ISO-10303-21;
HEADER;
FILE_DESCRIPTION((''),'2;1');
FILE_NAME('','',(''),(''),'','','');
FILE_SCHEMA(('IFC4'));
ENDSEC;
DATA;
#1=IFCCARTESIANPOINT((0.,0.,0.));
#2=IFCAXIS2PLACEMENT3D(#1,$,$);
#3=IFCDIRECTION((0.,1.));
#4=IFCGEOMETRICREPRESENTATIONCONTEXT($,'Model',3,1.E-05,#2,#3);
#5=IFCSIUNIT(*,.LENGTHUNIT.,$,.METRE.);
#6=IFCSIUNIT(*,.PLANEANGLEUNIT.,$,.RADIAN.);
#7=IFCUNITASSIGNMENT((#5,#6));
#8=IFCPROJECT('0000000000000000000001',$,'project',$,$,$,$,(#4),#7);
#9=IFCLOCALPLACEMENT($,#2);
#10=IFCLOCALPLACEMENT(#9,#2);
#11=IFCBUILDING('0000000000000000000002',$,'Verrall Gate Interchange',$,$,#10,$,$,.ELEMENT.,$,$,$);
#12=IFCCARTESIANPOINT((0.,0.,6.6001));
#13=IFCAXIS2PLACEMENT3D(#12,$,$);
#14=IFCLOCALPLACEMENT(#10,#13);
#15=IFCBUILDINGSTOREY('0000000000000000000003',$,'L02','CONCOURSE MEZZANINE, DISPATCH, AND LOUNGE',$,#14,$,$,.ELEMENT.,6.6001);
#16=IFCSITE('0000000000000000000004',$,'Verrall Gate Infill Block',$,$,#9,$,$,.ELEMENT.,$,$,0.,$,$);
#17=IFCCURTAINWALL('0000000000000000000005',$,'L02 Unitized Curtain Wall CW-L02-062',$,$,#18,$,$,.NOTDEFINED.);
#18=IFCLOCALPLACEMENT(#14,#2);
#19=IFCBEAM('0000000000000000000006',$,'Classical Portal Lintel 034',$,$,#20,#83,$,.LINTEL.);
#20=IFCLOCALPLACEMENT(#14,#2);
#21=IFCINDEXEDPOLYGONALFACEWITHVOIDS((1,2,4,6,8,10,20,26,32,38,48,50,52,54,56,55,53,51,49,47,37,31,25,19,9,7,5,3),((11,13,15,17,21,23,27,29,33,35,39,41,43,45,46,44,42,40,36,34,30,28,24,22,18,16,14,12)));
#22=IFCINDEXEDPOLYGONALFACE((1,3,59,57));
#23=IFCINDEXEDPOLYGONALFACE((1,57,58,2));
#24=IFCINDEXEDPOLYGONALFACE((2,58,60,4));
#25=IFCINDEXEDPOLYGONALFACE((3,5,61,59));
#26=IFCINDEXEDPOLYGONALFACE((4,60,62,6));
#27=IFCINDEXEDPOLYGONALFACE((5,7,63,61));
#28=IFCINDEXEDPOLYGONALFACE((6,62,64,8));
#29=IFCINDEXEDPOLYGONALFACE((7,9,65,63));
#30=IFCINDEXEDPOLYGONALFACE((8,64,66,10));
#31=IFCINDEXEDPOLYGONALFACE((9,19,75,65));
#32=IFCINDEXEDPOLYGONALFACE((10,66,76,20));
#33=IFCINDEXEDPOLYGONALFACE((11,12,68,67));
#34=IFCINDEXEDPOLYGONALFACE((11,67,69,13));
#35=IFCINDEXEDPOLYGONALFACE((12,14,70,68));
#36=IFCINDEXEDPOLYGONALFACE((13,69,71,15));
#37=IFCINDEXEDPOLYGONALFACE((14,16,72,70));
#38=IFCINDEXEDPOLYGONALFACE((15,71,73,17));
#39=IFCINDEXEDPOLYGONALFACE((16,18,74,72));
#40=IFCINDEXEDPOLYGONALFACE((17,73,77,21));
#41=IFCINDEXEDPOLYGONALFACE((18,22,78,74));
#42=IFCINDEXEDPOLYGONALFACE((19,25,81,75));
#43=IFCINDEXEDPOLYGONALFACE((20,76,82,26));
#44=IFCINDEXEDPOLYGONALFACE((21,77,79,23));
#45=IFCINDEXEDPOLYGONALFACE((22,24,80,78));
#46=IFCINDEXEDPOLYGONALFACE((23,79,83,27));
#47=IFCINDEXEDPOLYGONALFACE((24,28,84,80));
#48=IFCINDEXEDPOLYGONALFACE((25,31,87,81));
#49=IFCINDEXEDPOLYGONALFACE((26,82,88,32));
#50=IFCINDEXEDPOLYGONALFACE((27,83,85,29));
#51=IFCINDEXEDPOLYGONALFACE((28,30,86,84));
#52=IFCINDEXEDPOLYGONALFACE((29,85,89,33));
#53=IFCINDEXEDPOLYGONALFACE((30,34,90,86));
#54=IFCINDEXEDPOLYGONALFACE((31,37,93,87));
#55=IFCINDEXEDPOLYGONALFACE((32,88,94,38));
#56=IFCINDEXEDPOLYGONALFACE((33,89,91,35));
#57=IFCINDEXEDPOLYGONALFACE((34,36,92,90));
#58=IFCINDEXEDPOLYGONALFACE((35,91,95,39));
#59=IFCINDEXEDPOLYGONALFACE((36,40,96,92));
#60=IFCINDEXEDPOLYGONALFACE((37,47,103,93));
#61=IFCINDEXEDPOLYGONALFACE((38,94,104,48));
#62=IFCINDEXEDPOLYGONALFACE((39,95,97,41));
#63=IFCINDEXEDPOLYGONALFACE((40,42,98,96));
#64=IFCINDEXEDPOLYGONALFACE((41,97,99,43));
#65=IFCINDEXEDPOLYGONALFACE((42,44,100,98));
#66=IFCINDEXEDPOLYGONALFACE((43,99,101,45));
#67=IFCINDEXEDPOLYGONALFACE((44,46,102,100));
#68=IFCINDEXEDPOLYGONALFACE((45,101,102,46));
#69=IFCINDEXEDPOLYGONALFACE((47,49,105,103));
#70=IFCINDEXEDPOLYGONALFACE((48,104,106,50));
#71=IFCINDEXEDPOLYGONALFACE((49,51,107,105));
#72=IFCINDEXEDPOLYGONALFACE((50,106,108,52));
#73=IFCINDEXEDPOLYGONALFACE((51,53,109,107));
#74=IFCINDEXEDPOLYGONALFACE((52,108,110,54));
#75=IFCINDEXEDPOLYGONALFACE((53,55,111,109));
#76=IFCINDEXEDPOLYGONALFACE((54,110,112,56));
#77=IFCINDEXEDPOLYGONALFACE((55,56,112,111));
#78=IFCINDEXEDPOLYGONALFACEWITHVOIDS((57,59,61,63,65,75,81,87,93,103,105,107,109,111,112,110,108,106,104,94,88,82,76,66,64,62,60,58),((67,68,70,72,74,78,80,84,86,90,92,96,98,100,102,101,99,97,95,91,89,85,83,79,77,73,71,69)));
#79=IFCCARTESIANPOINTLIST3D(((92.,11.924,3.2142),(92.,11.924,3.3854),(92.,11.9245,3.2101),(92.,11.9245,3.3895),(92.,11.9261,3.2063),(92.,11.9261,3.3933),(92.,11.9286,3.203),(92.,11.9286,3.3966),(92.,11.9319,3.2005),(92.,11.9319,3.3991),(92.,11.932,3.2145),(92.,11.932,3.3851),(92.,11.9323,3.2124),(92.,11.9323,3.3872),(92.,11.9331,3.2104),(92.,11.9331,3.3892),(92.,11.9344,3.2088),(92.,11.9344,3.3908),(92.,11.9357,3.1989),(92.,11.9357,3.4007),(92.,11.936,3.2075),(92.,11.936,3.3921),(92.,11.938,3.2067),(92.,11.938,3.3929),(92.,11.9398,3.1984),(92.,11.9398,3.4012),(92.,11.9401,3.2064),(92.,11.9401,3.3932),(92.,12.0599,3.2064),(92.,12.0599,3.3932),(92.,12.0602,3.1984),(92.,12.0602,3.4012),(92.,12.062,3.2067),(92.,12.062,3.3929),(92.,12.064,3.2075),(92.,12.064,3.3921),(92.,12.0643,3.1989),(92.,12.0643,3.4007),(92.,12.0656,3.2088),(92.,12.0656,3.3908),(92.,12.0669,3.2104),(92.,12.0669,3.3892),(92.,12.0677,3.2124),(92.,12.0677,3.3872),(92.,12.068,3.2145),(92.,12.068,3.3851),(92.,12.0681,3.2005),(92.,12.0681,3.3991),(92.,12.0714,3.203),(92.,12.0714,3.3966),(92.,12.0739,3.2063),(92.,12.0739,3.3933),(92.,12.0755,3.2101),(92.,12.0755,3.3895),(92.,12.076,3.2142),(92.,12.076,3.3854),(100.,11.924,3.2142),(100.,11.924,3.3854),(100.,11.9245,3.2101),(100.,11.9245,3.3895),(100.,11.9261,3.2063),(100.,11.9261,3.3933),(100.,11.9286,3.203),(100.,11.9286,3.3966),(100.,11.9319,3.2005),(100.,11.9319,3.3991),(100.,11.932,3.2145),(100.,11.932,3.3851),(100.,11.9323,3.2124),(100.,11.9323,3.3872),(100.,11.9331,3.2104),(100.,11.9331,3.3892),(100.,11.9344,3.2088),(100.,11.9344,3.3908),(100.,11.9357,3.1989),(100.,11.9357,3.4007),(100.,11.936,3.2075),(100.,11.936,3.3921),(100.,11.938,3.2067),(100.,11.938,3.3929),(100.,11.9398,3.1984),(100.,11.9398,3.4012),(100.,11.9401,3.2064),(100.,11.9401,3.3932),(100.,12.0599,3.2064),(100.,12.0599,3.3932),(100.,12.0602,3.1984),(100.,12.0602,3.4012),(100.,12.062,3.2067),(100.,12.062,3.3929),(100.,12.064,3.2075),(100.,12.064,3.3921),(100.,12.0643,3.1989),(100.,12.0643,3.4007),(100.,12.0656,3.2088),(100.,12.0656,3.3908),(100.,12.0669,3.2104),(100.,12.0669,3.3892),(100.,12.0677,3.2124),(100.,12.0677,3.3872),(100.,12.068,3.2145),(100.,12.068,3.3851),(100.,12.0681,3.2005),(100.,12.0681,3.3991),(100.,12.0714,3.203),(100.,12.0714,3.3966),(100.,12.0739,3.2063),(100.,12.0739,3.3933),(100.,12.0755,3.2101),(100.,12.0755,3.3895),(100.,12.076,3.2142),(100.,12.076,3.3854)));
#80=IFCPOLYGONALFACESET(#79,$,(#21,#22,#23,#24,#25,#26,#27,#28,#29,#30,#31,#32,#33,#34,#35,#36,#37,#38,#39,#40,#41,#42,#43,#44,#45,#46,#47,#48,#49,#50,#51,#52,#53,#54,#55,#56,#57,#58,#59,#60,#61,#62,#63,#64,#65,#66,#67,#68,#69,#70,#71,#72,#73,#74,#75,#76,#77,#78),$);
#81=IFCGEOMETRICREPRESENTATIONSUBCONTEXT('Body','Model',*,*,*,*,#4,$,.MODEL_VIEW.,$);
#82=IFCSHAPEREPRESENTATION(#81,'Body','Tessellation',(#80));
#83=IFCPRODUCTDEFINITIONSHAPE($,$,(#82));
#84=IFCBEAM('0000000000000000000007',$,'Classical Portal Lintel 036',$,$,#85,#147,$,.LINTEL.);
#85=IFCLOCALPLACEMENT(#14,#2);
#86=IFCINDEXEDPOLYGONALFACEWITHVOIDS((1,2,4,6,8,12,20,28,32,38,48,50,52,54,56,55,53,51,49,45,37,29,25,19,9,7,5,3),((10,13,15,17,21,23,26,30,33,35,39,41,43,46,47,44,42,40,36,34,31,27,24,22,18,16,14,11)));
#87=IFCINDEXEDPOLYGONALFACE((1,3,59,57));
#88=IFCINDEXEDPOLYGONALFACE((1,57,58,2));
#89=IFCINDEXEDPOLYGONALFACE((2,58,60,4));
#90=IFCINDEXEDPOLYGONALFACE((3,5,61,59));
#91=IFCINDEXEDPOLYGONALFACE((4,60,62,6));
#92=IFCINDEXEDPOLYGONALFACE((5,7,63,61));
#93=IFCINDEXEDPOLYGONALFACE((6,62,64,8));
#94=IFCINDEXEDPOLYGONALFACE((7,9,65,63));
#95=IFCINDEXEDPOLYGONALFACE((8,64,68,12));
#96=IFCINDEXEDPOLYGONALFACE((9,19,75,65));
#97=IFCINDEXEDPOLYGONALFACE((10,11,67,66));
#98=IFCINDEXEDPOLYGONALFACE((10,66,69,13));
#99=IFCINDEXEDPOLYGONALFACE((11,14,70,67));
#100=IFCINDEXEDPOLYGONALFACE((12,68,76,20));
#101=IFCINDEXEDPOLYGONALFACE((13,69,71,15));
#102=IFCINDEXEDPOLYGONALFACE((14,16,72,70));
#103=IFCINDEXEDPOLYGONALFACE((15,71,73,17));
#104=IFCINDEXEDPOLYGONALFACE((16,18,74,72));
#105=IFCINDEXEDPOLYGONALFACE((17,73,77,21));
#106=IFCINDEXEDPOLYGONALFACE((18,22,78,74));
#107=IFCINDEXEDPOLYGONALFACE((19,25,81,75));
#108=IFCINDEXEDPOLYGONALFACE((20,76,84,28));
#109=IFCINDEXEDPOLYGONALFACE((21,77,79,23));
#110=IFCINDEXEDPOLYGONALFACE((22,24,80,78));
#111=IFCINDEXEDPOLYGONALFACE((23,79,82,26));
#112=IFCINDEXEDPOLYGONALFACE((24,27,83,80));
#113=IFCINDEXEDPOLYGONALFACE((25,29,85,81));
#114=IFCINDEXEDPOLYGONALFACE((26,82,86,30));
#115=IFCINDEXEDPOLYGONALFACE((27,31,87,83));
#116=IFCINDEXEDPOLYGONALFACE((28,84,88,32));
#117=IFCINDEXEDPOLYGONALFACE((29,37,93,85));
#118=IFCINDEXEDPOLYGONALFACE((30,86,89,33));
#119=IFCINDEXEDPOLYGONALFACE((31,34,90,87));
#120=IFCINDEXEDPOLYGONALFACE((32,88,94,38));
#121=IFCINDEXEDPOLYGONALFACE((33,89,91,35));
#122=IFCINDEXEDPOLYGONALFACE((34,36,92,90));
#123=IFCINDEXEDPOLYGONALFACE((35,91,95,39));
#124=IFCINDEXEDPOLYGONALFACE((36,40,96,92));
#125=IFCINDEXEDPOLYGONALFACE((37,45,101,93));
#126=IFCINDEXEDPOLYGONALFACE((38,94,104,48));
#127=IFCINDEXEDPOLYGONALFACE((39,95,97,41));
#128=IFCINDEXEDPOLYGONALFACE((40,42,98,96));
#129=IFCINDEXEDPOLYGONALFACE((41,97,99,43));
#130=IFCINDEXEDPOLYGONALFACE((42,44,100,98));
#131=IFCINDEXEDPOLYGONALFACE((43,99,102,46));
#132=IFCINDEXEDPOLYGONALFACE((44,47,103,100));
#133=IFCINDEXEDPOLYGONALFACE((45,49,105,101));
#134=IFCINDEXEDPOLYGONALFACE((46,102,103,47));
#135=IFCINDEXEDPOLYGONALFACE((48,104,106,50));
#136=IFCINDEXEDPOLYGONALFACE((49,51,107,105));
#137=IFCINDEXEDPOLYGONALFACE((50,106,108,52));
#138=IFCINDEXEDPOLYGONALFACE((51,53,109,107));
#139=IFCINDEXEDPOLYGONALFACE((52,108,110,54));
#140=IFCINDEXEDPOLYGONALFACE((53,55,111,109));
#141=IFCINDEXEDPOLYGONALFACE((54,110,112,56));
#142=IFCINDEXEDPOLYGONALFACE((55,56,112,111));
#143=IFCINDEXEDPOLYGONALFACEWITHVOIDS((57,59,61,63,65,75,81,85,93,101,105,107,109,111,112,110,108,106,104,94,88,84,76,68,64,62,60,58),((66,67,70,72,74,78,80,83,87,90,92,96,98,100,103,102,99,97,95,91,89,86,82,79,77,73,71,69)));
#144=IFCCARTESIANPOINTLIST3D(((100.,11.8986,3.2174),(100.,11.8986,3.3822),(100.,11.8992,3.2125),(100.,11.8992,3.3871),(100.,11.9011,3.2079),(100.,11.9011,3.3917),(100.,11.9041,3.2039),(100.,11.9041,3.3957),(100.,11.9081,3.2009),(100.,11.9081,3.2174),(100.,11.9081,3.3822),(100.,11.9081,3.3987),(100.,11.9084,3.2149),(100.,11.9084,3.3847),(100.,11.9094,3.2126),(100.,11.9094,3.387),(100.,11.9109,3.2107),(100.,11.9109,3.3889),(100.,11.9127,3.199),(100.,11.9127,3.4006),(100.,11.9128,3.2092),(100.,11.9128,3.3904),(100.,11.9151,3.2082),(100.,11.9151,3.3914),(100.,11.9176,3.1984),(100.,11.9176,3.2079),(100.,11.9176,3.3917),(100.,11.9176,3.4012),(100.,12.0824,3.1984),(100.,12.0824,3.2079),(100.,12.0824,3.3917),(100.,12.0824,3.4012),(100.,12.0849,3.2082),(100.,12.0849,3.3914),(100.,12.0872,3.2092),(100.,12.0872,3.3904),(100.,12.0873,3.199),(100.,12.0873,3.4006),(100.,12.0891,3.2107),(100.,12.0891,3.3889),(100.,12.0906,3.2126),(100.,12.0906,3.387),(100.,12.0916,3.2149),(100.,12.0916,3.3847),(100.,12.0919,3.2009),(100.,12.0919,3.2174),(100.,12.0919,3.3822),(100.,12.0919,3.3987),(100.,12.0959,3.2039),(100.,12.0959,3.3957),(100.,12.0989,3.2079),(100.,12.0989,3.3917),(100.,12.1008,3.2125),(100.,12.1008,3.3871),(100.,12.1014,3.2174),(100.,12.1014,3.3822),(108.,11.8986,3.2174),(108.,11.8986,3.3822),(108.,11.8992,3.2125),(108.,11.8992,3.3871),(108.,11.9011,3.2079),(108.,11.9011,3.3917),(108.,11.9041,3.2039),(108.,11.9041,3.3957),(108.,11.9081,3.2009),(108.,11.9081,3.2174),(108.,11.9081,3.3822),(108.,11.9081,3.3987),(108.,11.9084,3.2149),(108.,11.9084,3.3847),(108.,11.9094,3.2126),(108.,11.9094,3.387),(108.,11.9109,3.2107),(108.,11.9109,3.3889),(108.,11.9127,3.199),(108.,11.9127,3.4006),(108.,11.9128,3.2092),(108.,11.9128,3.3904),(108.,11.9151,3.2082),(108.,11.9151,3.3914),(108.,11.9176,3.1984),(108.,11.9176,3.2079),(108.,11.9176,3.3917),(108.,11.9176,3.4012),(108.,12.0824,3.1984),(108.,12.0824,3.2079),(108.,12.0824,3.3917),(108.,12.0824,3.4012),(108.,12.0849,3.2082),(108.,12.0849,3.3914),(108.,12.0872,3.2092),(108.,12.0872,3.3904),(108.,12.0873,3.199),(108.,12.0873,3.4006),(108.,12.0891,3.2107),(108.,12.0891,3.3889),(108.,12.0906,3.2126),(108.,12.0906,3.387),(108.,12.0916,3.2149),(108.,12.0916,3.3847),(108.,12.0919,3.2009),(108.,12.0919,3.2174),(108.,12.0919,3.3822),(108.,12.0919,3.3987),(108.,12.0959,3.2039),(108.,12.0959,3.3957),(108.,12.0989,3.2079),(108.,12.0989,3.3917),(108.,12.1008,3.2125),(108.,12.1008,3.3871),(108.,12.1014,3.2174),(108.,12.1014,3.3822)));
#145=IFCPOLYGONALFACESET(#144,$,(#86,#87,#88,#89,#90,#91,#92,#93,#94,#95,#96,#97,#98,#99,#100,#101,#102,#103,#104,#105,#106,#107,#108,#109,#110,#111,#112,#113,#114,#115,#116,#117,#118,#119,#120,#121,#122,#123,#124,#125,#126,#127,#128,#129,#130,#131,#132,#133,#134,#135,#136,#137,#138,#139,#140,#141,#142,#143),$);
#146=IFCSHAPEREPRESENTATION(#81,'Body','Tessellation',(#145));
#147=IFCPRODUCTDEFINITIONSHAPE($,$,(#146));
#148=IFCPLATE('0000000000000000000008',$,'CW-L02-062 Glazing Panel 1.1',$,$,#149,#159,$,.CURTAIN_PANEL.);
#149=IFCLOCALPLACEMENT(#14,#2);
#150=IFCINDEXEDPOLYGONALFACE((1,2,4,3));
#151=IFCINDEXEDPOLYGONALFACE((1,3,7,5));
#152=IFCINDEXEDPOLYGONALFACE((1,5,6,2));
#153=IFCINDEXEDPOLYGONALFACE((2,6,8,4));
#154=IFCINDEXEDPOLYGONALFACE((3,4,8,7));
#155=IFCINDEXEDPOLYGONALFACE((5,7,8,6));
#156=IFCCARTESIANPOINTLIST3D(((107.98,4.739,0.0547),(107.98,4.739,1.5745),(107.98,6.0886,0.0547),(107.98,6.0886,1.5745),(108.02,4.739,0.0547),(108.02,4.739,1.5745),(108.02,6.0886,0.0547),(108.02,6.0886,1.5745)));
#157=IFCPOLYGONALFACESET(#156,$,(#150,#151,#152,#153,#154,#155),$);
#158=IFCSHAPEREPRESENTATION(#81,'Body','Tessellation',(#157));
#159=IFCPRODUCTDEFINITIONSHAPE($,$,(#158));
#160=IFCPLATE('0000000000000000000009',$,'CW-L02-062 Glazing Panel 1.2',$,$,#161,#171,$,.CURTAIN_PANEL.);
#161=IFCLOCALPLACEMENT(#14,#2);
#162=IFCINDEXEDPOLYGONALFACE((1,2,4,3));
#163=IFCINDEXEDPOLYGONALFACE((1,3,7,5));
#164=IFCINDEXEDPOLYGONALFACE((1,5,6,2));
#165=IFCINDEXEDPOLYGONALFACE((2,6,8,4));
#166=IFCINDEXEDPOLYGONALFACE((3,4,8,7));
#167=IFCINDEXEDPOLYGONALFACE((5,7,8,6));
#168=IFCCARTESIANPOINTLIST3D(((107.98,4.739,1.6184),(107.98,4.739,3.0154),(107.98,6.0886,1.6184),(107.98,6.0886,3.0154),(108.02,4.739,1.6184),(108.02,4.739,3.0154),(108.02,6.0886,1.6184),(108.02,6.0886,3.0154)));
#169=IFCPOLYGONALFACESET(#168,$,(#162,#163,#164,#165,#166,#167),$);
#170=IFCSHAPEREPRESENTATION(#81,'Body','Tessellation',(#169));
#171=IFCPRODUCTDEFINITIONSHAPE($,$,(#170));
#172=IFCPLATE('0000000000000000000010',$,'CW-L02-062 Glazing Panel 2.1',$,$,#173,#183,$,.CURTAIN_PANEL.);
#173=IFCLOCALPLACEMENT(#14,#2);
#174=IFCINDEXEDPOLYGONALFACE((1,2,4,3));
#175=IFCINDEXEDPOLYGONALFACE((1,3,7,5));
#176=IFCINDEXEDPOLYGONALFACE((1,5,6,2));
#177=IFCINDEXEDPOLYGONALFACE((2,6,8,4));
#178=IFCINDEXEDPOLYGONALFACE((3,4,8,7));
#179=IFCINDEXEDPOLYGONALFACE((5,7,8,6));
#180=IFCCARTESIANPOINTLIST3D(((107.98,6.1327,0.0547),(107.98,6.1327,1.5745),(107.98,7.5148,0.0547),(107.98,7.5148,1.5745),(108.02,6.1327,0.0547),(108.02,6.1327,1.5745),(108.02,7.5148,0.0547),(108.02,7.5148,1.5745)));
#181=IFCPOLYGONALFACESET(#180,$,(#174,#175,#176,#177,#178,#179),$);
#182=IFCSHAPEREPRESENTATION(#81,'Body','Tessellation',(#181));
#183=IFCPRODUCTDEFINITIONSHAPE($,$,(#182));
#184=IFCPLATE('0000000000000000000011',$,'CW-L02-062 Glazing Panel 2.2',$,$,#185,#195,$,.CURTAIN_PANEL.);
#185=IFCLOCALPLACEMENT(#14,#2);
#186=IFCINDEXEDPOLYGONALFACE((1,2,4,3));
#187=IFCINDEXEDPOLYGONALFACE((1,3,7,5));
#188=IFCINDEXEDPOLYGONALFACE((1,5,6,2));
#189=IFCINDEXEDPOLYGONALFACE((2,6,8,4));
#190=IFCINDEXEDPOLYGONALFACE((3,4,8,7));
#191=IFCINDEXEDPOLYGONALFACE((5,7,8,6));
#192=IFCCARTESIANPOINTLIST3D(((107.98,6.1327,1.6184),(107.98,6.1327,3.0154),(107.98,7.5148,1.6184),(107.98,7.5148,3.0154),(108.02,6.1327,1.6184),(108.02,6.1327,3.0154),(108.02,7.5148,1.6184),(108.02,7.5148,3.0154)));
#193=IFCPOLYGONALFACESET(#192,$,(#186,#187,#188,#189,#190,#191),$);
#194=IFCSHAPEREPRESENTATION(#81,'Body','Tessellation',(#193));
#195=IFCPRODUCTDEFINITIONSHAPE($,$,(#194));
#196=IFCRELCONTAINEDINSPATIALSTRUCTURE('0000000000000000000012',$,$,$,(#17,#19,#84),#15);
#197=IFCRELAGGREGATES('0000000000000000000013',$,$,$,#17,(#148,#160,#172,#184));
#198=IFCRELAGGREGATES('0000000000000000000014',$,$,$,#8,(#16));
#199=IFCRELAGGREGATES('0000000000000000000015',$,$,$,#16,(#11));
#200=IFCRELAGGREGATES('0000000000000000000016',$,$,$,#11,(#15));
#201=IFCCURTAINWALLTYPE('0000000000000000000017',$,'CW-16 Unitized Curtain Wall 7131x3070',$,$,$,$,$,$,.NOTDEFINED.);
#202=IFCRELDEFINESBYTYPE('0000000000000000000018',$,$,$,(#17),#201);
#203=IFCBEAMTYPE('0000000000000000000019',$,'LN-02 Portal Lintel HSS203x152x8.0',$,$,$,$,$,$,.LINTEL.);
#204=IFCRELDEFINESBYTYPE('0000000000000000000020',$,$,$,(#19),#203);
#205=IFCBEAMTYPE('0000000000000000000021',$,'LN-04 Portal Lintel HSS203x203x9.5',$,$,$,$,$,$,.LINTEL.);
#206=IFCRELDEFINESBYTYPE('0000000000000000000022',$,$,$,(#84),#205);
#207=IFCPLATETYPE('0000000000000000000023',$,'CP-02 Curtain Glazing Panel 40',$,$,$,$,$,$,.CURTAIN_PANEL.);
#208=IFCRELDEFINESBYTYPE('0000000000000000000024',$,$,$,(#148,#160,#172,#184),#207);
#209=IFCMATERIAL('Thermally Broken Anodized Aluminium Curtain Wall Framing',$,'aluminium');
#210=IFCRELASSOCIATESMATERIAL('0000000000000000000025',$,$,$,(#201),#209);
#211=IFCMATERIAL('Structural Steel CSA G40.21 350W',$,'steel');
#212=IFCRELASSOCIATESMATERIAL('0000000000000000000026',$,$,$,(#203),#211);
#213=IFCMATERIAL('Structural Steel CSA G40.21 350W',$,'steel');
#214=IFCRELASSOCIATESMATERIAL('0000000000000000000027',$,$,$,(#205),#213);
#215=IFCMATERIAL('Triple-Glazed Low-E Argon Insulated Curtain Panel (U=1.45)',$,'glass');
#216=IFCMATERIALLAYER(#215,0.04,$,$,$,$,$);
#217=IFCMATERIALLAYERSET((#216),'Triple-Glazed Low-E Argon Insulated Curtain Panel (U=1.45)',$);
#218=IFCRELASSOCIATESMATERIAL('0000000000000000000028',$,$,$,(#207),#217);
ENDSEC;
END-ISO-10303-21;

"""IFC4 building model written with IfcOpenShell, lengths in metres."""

from ifc_helpers import new_model, si_unit, direction, frame, origin, origin_2d, place, context, subcontext, project, spatial, rectangle, hollow_rectangle, extrude, material, layer, layer_set, material_profile, profile_set, type_object, element, aggregate, save


model = new_model("IFC4")

# Units and contexts
model_context = context("Model", 3, precision=1e-05, world=origin(), true_north=direction((0.0, 1.0)))
body_context = subcontext(model_context, "Body", "Model", "MODEL_VIEW")
ifc_project = project(units=[si_unit("LENGTHUNIT", "METRE"), si_unit("PLANEANGLEUNIT", "RADIAN")], contexts=[model_context])

# Site, building, storey
site_placement = place(None, origin())
site = spatial("IfcSite", under=ifc_project, at=site_placement, Name="Verrall Gate Infill Block", CompositionType="ELEMENT", RefElevation=0.0)
building_placement = place(site_placement, origin())
building = spatial("IfcBuilding", under=site, at=building_placement, Name="Verrall Gate Interchange", CompositionType="ELEMENT")
storey_placement = place(building_placement, frame((0.0, 0.0, 6.6001)))
storey = spatial("IfcBuildingStorey", under=building, at=storey_placement, Name="L02", Description="CONCOURSE MEZZANINE, DISPATCH, AND LOUNGE", CompositionType="ELEMENT", Elevation=6.6001)

# Curtain wall
ifc_material_1 = material(Name="Thermally Broken Anodized Aluminium Curtain Wall Framing", Category="aluminium")
curtain_wall_type_1 = type_object("IfcCurtainWallType", Name="CW-16 Unitized Curtain Wall 7131x3070", PredefinedType="NOTDEFINED", material=ifc_material_1)
curtain_wall_1_placement = place(storey_placement, origin())
curtain_wall_1 = element("IfcCurtainWall", 1, at=curtain_wall_1_placement, inside=storey, type_object=curtain_wall_type_1, Name="L02 Unitized Curtain Wall CW-L02-062", PredefinedType="NOTDEFINED")

# Beams
ifc_material_2 = material(Name="Structural Steel CSA G40.21 350W", Category="steel")
ifc_material_profile_1 = material_profile(ifc_material_2, hollow_rectangle(XDim=0.1521, YDim=0.2029, WallThickness=0.0081, InnerFilletRadius=0.0081, OuterFilletRadius=0.0159, at=origin_2d()), Name="HSS203x152x8.0")
ifc_profile_set_1 = profile_set([ifc_material_profile_1], Name="Structural Steel CSA G40.21 350W")
beam_type_1 = type_object("IfcBeamType", Name="LN-02 Portal Lintel HSS203x152x8.0", PredefinedType="LINTEL", material=ifc_profile_set_1)
beam_1_placement = place(storey_placement, frame((92.0, 12.0, 3.2998), z_axis=(1.0, 0.0, 0.0), x_axis=(0.0, 1.0, 0.0)))
element("IfcBeam", 2, at=beam_1_placement, inside=storey, type_object=beam_type_1, Name="Classical Portal Lintel 034", PredefinedType="LINTEL", context=body_context, shape_type="SweptSolid", body=[
    extrude(hollow_rectangle(XDim=0.1521, YDim=0.2029, WallThickness=0.0081, InnerFilletRadius=0.0081, OuterFilletRadius=0.0159, at=origin_2d()), origin(), (0.0, 0.0, 1.0), 8.0),
])
ifc_material_3 = material(Name="Structural Steel CSA G40.21 350W", Category="steel")
ifc_material_profile_2 = material_profile(ifc_material_3, hollow_rectangle(XDim=0.2029, YDim=0.2029, WallThickness=0.0095, InnerFilletRadius=0.0095, OuterFilletRadius=0.019, at=origin_2d()), Name="HSS203x203x9.5")
ifc_profile_set_2 = profile_set([ifc_material_profile_2], Name="Structural Steel CSA G40.21 350W")
beam_type_2 = type_object("IfcBeamType", Name="LN-04 Portal Lintel HSS203x203x9.5", PredefinedType="LINTEL", material=ifc_profile_set_2)
beam_2_placement = place(storey_placement, frame((100.0, 12.0, 3.2998), z_axis=(1.0, 0.0, 0.0), x_axis=(0.0, 1.0, 0.0)))
element("IfcBeam", 3, at=beam_2_placement, inside=storey, type_object=beam_type_2, Name="Classical Portal Lintel 036", PredefinedType="LINTEL", context=body_context, shape_type="SweptSolid", body=[
    extrude(hollow_rectangle(XDim=0.2029, YDim=0.2029, WallThickness=0.0095, InnerFilletRadius=0.0095, OuterFilletRadius=0.019, at=origin_2d()), origin(), (0.0, 0.0, 1.0), 8.0),
])

# Plates
ifc_material_4 = material(Name="Triple-Glazed Low-E Argon Insulated Curtain Panel (U=1.45)", Category="glass")
ifc_layer_1 = layer(ifc_material_4, 0.04)
ifc_layer_set_1 = layer_set([ifc_layer_1], Name="Triple-Glazed Low-E Argon Insulated Curtain Panel (U=1.45)")
plate_type = type_object("IfcPlateType", Name="CP-02 Curtain Glazing Panel 40", PredefinedType="CURTAIN_PANEL", material=ifc_layer_set_1)
plate_1_placement = place(storey_placement, frame((108.0, 5.4138, 0.0547), z_axis=(0.0, 0.0, 1.0), x_axis=(0.0, 1.0, 0.0)))
plate_1 = element("IfcPlate", 4, at=plate_1_placement, type_object=plate_type, Name="CW-L02-062 Glazing Panel 1.1", PredefinedType="CURTAIN_PANEL", context=body_context, shape_type="SweptSolid", body=[
    extrude(rectangle(XDim=1.3496, YDim=0.04, at=origin_2d()), origin(), (0.0, 0.0, 1.0), 1.5198),
])
plate_2_placement = place(storey_placement, frame((108.0, 5.4138, 1.6184), z_axis=(0.0, 0.0, 1.0), x_axis=(0.0, 1.0, 0.0)))
plate_2 = element("IfcPlate", 5, at=plate_2_placement, type_object=plate_type, Name="CW-L02-062 Glazing Panel 1.2", PredefinedType="CURTAIN_PANEL", context=body_context, shape_type="SweptSolid", body=[
    extrude(rectangle(XDim=1.3496, YDim=0.04, at=origin_2d()), origin(), (0.0, 0.0, 1.0), 1.397),
])
plate_3_placement = place(storey_placement, frame((108.0, 6.8237, 0.0547), z_axis=(0.0, 0.0, 1.0), x_axis=(0.0, 1.0, 0.0)))
plate_3 = element("IfcPlate", 6, at=plate_3_placement, type_object=plate_type, Name="CW-L02-062 Glazing Panel 2.1", PredefinedType="CURTAIN_PANEL", context=body_context, shape_type="SweptSolid", body=[
    extrude(rectangle(XDim=1.3821, YDim=0.04, at=origin_2d()), origin(), (0.0, 0.0, 1.0), 1.5198),
])
plate_4_placement = place(storey_placement, frame((108.0, 6.8237, 1.6184), z_axis=(0.0, 0.0, 1.0), x_axis=(0.0, 1.0, 0.0)))
plate_4 = element("IfcPlate", 7, at=plate_4_placement, type_object=plate_type, Name="CW-L02-062 Glazing Panel 2.2", PredefinedType="CURTAIN_PANEL", context=body_context, shape_type="SweptSolid", body=[
    extrude(rectangle(XDim=1.3821, YDim=0.04, at=origin_2d()), origin(), (0.0, 0.0, 1.0), 1.397),
])
aggregate(curtain_wall_1, [plate_1, plate_2, plate_3, plate_4])

save(model, "model.ifc")
